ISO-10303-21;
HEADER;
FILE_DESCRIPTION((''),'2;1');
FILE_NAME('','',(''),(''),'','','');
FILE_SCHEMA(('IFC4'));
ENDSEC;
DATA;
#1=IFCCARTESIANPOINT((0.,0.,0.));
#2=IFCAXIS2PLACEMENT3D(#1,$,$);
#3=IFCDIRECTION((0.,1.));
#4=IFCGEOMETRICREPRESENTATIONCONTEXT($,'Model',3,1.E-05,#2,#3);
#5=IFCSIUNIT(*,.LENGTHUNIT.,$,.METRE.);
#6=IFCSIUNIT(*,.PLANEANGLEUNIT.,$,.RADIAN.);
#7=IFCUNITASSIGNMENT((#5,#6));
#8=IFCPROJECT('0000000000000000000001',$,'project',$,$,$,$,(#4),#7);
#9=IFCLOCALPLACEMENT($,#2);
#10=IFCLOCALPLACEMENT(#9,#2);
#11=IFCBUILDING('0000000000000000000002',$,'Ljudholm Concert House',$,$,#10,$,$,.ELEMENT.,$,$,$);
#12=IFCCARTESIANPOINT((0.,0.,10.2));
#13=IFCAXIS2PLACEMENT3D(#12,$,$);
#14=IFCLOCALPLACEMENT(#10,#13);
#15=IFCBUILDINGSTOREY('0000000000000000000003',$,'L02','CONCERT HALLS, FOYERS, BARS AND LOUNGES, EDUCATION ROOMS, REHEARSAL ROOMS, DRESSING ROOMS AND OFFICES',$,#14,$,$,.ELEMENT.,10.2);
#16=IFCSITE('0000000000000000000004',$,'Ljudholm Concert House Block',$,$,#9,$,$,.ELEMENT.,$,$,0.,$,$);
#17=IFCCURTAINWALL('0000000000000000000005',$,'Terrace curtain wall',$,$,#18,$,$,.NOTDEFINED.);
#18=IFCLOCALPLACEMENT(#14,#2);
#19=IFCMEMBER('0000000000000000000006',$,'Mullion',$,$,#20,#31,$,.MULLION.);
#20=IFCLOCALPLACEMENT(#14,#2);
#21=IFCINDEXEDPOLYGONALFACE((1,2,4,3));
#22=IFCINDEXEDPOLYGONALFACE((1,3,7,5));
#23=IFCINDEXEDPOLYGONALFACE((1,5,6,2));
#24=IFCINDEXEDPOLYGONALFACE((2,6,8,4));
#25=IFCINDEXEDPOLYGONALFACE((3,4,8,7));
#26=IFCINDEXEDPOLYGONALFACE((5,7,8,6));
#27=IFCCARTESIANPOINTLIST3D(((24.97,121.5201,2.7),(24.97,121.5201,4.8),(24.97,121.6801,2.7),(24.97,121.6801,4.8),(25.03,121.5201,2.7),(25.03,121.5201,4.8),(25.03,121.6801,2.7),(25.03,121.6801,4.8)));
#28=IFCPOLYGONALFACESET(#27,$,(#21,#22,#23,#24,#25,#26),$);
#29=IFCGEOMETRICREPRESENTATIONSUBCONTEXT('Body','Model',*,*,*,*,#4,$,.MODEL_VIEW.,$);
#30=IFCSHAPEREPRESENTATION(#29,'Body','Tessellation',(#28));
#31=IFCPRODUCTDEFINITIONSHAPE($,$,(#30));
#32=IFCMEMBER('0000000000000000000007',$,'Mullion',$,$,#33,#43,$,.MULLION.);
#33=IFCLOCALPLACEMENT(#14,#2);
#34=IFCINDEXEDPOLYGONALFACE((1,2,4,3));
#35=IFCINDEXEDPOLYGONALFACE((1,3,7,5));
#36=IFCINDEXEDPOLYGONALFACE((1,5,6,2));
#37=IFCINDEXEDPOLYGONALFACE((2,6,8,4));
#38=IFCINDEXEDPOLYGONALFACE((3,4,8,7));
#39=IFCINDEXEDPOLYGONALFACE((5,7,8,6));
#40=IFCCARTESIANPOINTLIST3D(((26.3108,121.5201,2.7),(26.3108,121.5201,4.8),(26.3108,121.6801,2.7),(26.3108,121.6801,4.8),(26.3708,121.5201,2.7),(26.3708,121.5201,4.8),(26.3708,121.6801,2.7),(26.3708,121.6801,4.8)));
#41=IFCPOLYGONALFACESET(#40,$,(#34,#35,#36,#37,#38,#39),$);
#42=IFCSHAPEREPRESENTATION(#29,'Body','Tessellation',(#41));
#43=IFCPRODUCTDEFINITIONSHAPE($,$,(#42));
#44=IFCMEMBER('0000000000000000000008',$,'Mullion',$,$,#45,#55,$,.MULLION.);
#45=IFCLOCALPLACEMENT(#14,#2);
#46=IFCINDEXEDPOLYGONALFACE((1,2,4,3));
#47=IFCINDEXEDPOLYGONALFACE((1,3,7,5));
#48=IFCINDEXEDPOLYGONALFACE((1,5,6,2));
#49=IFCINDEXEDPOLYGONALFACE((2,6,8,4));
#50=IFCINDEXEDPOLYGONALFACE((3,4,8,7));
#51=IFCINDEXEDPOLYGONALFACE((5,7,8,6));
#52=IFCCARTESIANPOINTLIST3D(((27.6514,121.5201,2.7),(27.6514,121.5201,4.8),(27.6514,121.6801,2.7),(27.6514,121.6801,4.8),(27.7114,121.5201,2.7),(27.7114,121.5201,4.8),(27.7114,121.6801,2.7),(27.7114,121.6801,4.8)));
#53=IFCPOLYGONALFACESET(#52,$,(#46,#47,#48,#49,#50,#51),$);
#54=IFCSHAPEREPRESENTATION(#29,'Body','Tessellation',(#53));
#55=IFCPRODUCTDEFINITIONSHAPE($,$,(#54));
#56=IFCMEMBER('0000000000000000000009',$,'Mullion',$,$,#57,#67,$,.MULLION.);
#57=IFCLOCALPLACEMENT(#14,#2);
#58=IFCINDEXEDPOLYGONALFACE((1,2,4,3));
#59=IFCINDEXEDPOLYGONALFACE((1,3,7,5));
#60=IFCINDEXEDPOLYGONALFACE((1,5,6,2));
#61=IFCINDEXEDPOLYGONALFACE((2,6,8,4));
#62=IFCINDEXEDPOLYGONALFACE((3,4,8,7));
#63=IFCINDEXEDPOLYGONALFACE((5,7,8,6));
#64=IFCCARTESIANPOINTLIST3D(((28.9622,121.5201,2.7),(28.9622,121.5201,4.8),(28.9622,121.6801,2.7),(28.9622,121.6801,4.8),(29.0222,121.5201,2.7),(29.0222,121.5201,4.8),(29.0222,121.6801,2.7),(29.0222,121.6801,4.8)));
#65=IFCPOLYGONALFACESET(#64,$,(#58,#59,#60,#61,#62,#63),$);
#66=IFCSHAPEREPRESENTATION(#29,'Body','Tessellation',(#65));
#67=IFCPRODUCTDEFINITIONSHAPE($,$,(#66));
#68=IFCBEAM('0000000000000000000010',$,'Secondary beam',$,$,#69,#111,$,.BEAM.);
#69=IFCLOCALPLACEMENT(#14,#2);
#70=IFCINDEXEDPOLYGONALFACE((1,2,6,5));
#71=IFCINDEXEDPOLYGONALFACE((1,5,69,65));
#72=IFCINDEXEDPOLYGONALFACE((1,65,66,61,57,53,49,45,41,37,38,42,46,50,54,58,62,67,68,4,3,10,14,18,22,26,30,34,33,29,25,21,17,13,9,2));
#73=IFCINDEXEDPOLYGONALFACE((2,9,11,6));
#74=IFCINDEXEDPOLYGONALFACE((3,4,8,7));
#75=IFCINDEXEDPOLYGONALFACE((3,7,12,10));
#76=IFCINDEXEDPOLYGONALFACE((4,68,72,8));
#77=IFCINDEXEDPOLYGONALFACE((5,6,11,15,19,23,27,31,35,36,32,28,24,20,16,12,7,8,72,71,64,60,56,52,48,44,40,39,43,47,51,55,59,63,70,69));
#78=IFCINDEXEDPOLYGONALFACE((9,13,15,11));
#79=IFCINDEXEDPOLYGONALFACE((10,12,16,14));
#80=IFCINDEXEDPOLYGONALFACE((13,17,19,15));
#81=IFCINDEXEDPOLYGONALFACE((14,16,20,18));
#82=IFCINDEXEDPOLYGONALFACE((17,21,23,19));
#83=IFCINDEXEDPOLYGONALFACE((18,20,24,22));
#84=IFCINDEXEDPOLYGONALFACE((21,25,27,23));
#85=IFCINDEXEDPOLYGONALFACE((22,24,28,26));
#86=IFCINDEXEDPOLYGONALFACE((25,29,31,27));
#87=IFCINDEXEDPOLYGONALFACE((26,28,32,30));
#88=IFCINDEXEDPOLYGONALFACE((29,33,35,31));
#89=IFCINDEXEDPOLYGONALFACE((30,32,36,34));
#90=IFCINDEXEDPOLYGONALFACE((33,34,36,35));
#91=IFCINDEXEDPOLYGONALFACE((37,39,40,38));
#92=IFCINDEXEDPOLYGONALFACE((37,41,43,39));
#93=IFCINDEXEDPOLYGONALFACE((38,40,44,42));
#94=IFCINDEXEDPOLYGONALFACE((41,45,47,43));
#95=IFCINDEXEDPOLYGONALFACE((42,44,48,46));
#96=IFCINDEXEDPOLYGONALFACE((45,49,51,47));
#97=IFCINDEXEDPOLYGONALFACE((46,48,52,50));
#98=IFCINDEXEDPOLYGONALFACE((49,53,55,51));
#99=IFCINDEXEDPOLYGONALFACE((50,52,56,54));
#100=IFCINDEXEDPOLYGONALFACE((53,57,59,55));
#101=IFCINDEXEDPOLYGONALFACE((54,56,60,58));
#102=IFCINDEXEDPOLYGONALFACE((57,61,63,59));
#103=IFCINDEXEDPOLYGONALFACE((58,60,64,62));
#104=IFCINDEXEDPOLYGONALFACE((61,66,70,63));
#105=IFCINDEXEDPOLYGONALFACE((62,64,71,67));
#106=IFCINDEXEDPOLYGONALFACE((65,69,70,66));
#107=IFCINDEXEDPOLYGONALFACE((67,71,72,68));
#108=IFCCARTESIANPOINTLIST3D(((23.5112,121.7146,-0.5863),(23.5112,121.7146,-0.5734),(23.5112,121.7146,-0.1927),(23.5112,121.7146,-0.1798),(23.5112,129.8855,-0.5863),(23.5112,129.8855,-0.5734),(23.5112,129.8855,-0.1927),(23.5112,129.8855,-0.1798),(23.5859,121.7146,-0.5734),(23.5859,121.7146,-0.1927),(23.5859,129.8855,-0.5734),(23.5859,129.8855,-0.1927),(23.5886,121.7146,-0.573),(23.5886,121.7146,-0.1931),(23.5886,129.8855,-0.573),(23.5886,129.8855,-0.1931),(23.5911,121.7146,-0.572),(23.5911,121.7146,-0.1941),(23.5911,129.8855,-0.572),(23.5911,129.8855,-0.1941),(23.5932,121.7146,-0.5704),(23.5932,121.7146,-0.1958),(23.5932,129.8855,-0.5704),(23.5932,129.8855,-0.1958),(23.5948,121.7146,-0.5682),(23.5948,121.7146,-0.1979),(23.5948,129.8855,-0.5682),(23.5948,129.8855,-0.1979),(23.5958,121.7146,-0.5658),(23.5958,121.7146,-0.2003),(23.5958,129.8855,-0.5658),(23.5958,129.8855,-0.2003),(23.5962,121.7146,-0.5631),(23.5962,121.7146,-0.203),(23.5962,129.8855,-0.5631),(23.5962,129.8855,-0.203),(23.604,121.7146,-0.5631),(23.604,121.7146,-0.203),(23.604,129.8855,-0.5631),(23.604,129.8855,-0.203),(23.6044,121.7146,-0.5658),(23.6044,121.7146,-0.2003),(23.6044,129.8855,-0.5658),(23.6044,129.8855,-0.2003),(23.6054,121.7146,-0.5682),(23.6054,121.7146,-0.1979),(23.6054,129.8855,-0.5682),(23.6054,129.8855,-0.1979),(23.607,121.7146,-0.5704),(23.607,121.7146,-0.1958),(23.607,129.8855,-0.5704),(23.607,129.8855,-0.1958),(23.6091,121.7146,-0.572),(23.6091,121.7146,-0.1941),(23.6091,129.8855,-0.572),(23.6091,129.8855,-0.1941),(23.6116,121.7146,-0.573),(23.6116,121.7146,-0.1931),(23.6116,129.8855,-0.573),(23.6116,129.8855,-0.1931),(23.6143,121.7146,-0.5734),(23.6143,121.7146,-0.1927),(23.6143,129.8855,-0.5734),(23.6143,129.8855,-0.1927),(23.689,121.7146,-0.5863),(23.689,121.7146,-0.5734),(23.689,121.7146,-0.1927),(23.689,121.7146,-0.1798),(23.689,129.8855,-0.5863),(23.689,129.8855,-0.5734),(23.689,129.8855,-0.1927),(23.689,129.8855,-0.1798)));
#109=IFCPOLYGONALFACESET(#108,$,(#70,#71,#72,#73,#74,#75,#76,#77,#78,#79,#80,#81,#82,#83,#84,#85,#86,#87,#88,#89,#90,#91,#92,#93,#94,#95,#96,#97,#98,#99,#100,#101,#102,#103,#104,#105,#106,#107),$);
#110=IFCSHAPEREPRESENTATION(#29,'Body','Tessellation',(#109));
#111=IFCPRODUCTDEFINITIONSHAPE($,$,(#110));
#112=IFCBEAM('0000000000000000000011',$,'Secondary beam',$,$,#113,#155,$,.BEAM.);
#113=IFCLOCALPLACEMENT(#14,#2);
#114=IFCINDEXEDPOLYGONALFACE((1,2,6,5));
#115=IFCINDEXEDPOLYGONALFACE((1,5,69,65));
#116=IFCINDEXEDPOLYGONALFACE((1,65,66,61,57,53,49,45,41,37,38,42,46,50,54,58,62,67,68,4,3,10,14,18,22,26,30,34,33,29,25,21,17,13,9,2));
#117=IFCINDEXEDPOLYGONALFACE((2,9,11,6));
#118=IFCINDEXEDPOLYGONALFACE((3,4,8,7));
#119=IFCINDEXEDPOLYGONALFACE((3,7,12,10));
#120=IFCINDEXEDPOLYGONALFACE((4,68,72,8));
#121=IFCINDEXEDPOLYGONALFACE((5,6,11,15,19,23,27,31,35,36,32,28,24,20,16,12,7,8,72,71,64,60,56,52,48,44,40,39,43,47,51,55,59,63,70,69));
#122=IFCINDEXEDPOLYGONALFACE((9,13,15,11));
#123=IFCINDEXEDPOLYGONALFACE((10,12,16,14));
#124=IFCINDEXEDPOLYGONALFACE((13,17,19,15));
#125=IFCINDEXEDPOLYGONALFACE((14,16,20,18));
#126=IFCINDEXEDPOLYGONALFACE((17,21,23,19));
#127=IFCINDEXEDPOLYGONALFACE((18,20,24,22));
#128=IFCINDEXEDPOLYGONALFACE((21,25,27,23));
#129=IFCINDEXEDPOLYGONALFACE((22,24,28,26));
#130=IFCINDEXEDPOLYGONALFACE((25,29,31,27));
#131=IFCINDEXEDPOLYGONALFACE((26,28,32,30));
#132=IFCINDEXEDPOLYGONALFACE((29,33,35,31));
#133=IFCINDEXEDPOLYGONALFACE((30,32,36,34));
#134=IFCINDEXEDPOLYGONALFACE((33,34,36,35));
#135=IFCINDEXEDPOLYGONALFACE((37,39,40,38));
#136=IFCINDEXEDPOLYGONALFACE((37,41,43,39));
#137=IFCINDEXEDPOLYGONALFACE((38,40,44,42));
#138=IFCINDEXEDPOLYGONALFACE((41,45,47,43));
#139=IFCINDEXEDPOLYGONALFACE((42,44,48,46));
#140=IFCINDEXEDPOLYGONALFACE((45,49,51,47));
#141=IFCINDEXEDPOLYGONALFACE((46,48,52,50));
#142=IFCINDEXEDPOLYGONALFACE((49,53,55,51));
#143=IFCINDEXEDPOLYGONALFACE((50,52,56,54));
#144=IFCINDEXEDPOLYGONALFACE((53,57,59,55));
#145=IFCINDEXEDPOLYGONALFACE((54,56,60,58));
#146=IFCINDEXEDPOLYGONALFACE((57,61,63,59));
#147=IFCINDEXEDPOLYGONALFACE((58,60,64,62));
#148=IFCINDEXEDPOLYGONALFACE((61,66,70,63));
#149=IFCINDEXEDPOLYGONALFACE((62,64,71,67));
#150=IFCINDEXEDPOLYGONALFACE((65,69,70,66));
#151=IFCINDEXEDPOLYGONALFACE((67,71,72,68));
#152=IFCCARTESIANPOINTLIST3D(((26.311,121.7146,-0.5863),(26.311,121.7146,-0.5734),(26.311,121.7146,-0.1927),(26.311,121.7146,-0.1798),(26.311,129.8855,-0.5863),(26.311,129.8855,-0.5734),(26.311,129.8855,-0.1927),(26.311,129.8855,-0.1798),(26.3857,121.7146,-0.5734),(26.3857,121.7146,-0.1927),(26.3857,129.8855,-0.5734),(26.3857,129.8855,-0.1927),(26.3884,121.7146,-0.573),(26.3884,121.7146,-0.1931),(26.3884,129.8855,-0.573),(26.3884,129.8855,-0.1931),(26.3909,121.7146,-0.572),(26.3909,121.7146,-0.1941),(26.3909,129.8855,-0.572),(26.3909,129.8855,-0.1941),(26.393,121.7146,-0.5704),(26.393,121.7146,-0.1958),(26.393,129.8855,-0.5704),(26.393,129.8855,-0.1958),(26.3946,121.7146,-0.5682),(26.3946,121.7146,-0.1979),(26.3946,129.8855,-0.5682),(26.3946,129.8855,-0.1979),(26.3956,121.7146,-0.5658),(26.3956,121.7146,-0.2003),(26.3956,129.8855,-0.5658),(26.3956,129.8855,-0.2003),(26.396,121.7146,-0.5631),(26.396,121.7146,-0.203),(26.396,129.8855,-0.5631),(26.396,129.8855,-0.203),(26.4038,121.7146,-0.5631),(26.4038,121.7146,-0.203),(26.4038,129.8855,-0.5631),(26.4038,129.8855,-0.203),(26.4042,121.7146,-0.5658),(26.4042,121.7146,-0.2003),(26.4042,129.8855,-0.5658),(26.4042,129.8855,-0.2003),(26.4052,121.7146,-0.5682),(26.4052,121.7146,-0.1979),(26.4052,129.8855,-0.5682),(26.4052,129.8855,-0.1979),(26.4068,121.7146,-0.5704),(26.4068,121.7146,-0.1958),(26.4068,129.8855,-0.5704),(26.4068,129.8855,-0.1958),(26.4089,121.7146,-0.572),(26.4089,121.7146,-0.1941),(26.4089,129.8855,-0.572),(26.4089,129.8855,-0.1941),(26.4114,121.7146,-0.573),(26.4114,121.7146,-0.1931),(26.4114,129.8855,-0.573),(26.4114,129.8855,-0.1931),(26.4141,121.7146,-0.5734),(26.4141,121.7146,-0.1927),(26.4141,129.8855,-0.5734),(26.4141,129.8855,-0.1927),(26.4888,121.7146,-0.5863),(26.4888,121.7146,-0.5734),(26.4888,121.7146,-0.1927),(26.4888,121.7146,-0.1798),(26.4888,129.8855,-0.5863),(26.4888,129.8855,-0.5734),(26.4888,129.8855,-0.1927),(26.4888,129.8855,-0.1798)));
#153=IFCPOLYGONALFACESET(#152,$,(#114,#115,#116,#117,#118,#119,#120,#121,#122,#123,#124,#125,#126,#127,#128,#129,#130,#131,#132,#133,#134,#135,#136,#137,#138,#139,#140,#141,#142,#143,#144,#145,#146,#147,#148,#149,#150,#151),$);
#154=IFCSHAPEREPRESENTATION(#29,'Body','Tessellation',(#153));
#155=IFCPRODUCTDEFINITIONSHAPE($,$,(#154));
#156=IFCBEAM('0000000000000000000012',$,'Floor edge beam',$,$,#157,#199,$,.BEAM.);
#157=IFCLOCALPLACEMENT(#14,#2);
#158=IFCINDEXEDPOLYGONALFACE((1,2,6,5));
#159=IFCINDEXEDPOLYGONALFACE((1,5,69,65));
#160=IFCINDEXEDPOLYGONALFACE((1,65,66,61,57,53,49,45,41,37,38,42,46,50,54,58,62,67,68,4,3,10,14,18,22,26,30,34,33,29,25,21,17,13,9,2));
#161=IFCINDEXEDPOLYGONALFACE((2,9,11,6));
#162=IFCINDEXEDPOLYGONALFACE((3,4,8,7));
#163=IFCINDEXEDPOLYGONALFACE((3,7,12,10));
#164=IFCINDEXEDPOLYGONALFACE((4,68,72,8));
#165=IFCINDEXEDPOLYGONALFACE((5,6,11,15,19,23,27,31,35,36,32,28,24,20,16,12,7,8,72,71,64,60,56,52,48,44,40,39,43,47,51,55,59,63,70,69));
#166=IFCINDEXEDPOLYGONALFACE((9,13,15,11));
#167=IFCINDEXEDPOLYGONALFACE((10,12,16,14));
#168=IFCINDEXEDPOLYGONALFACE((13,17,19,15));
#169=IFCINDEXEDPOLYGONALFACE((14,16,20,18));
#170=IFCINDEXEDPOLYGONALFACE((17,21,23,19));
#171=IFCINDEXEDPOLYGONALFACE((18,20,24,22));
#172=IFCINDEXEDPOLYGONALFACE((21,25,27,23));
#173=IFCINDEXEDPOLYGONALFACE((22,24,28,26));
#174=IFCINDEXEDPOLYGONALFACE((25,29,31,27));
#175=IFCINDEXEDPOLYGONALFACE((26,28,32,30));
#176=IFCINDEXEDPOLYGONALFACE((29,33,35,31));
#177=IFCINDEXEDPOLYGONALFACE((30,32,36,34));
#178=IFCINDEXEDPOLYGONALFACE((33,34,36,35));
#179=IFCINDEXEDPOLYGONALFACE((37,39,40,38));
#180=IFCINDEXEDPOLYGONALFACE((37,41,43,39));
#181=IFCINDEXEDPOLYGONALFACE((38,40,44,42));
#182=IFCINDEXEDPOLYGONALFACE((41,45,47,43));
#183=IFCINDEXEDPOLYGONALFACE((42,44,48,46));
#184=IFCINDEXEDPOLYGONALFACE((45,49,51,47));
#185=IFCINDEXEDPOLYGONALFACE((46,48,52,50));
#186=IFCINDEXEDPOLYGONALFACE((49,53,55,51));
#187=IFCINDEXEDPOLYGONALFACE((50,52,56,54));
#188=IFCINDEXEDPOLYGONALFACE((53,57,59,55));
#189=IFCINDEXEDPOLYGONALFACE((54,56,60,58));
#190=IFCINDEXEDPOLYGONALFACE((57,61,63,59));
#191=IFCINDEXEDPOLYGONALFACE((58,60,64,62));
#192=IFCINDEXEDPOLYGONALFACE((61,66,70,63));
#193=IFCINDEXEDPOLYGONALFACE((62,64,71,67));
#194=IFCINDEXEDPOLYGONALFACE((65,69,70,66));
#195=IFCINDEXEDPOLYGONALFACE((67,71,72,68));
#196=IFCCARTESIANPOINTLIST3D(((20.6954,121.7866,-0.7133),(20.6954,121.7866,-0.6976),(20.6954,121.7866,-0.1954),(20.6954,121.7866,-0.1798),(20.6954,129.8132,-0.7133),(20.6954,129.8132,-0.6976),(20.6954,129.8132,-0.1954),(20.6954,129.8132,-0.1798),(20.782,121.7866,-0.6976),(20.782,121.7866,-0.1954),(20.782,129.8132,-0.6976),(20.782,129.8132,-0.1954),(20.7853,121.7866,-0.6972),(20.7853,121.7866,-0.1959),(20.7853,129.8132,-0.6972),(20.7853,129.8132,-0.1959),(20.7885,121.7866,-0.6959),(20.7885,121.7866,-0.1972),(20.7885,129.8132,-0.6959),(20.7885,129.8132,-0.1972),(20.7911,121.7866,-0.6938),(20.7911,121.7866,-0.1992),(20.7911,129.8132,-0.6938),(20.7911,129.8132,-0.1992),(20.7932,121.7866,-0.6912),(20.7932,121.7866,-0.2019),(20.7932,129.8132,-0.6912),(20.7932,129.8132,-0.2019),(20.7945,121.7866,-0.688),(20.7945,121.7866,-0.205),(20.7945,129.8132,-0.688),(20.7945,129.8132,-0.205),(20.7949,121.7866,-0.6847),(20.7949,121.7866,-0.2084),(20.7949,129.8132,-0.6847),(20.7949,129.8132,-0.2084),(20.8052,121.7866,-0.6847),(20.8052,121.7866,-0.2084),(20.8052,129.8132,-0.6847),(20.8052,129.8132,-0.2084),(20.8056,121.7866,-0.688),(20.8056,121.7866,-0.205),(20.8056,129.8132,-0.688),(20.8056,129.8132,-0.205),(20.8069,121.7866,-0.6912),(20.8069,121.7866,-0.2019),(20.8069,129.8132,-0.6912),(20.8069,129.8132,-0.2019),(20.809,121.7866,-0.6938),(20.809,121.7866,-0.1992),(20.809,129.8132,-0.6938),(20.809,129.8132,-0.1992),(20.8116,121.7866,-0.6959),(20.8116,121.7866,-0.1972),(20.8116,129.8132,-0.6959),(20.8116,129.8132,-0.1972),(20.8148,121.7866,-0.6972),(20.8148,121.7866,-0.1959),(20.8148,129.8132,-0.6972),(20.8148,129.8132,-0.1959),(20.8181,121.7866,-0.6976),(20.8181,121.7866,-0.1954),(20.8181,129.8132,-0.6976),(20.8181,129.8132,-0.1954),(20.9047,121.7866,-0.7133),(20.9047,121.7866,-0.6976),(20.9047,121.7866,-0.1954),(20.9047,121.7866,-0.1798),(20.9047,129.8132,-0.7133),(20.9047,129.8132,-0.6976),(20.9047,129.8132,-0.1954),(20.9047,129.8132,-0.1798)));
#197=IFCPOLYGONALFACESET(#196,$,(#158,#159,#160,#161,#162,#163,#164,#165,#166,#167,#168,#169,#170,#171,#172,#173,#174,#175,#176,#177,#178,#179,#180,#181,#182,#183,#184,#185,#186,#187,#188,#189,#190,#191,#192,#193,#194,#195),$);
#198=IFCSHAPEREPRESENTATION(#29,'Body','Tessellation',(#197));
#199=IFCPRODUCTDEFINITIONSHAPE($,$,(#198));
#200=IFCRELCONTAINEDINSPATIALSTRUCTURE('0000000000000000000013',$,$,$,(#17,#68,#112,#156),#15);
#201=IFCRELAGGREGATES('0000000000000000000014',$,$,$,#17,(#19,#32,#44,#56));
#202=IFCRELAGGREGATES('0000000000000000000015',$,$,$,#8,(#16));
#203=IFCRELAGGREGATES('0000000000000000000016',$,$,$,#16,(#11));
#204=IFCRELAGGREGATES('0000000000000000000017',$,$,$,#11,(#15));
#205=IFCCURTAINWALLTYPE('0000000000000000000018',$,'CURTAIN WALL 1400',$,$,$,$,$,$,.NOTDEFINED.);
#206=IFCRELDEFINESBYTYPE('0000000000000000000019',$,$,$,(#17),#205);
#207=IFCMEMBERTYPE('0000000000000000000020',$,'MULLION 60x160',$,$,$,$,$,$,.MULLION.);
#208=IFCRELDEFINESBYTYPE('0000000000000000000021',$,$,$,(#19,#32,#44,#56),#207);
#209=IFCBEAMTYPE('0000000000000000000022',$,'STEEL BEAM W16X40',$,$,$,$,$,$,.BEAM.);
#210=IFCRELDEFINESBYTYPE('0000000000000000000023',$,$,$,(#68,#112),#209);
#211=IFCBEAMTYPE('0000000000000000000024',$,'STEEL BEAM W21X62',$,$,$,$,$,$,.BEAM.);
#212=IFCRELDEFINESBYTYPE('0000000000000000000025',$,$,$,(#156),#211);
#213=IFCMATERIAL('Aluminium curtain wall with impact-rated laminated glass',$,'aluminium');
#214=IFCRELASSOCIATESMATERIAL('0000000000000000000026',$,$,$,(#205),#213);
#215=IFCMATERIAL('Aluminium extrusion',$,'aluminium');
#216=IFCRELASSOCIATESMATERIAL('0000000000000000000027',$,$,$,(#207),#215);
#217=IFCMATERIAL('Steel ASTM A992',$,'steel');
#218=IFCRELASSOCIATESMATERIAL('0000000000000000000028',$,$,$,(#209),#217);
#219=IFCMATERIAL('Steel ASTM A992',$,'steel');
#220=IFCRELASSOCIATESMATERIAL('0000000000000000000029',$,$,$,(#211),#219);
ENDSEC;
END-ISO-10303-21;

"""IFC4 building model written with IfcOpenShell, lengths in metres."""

from ifc_helpers import new_model, si_unit, direction, frame, origin, origin_2d, place, context, subcontext, project, spatial, rectangle, i_section, extrude, material, material_profile, profile_set, type_object, element, aggregate, save


model = new_model("IFC4")

# Units and contexts
model_context = context("Model", 3, precision=1e-05, world=origin(), true_north=direction((0.0, 1.0)))
body_context = subcontext(model_context, "Body", "Model", "MODEL_VIEW")
ifc_project = project(units=[si_unit("LENGTHUNIT", "METRE"), si_unit("PLANEANGLEUNIT", "RADIAN")], contexts=[model_context])

# Site, building, storey
site_placement = place(None, origin())
site = spatial("IfcSite", under=ifc_project, at=site_placement, Name="Ljudholm Concert House Block", CompositionType="ELEMENT", RefElevation=0.0)
building_placement = place(site_placement, origin())
building = spatial("IfcBuilding", under=site, at=building_placement, Name="Ljudholm Concert House", CompositionType="ELEMENT")
storey_placement = place(building_placement, frame((0.0, 0.0, 10.2)))
storey = spatial("IfcBuildingStorey", under=building, at=storey_placement, Name="L02", Description="CONCERT HALLS, FOYERS, BARS AND LOUNGES, EDUCATION ROOMS, REHEARSAL ROOMS, DRESSING ROOMS AND OFFICES", CompositionType="ELEMENT", Elevation=10.2)

# Curtain wall, members
ifc_material_1 = material(Name="Aluminium curtain wall with impact-rated laminated glass", Category="aluminium")
curtain_wall_type = type_object("IfcCurtainWallType", Name="CURTAIN WALL 1400", PredefinedType="NOTDEFINED", material=ifc_material_1)
curtain_wall_placement = place(storey_placement, origin())
curtain_wall = element("IfcCurtainWall", 1, at=curtain_wall_placement, inside=storey, type_object=curtain_wall_type, Name="Terrace curtain wall", PredefinedType="NOTDEFINED")
ifc_material_2 = material(Name="Aluminium extrusion", Category="aluminium")
ifc_material_profile_1 = material_profile(ifc_material_2, rectangle(XDim=0.1599, YDim=0.0601, at=origin_2d()), Name="MULLION 60x160")
ifc_profile_set_1 = profile_set([ifc_material_profile_1], Name="Aluminium extrusion")
member_type_1 = type_object("IfcMemberType", Name="MULLION 60x160", PredefinedType="MULLION", material=ifc_profile_set_1)
member_1_placement = place(storey_placement, frame((25.0, 121.6001, 2.7), z_axis=(0.0, 0.0, 1.0), x_axis=(0.0, 1.0, 0.0)))
member_1 = element("IfcMember", 2, at=member_1_placement, type_object=member_type_1, Name="Mullion", PredefinedType="MULLION", context=body_context, shape_type="SweptSolid", body=[
    extrude(rectangle(XDim=0.1599, YDim=0.0601, at=origin_2d()), origin(), (0.0, 0.0, 1.0), 2.1001),
])
member_2_placement = place(storey_placement, frame((26.3408, 121.6001, 2.7), z_axis=(0.0, 0.0, 1.0), x_axis=(0.0, 1.0, 0.0)))
member_2 = element("IfcMember", 3, at=member_2_placement, type_object=member_type_1, Name="Mullion", PredefinedType="MULLION", context=body_context, shape_type="SweptSolid", body=[
    extrude(rectangle(XDim=0.1599, YDim=0.0601, at=origin_2d()), origin(), (0.0, 0.0, 1.0), 2.1001),
])
member_3_placement = place(storey_placement, frame((27.6814, 121.6001, 2.7), z_axis=(0.0, 0.0, 1.0), x_axis=(0.0, 1.0, 0.0)))
member_3 = element("IfcMember", 4, at=member_3_placement, type_object=member_type_1, Name="Mullion", PredefinedType="MULLION", context=body_context, shape_type="SweptSolid", body=[
    extrude(rectangle(XDim=0.1599, YDim=0.0601, at=origin_2d()), origin(), (0.0, 0.0, 1.0), 2.1001),
])
member_4_placement = place(storey_placement, frame((28.9922, 121.6001, 2.7), z_axis=(0.0, 0.0, 1.0), x_axis=(0.0, 1.0, 0.0)))
member_4 = element("IfcMember", 5, at=member_4_placement, type_object=member_type_1, Name="Mullion", PredefinedType="MULLION", context=body_context, shape_type="SweptSolid", body=[
    extrude(rectangle(XDim=0.1599, YDim=0.0601, at=origin_2d()), origin(), (0.0, 0.0, 1.0), 2.1001),
])

# Beams
ifc_material_3 = material(Name="Steel ASTM A992", Category="steel")
ifc_material_profile_2 = material_profile(ifc_material_3, i_section(OverallWidth=0.1777, OverallDepth=0.4065, WebThickness=0.0078, FlangeThickness=0.0129, FilletRadius=0.0103, at=origin_2d()), Name="W16X40")
ifc_profile_set_2 = profile_set([ifc_material_profile_2], Name="Steel ASTM A992")
beam_type_1 = type_object("IfcBeamType", Name="STEEL BEAM W16X40", PredefinedType="BEAM", material=ifc_profile_set_2)
for number, where, z_axis, x_axis, name in (
    (6, (23.6001, 121.7146, -0.3831), (0.0, 1.0, 0.0), (-1.0, 0.0, 0.0), "Secondary beam"),
    (7, (26.3999, 121.7146, -0.3831), (0.0, 1.0, 0.0), (-1.0, 0.0, 0.0), "Secondary beam"),
):
    element("IfcBeam", number, at=place(storey_placement, frame(where, z_axis=z_axis, x_axis=x_axis)), inside=storey, type_object=beam_type_1, Name=name, PredefinedType="BEAM", context=body_context, shape_type="SweptSolid", body=[
        extrude(i_section(OverallWidth=0.1777, OverallDepth=0.4065, WebThickness=0.0078, FlangeThickness=0.0129, FilletRadius=0.0103, at=origin_2d()), origin(), (0.0, 0.0, 1.0), 8.1709),
    ])
ifc_material_4 = material(Name="Steel ASTM A992", Category="steel")
ifc_material_profile_3 = material_profile(ifc_material_4, i_section(OverallWidth=0.2092, OverallDepth=0.5334, WebThickness=0.0103, FlangeThickness=0.0156, FilletRadius=0.0129, at=origin_2d()), Name="W21X62")
ifc_profile_set_3 = profile_set([ifc_material_profile_3], Name="Steel ASTM A992")
beam_type_2 = type_object("IfcBeamType", Name="STEEL BEAM W21X62", PredefinedType="BEAM", material=ifc_profile_set_3)
beam_1_placement = place(storey_placement, frame((20.8, 121.7866, -0.4465), z_axis=(0.0, 1.0, 0.0), x_axis=(-1.0, 0.0, 0.0)))
element("IfcBeam", 8, at=beam_1_placement, inside=storey, type_object=beam_type_2, Name="Floor edge beam", PredefinedType="BEAM", context=body_context, shape_type="SweptSolid", body=[
    extrude(i_section(OverallWidth=0.2092, OverallDepth=0.5334, WebThickness=0.0103, FlangeThickness=0.0156, FilletRadius=0.0129, at=origin_2d()), origin(), (0.0, 0.0, 1.0), 8.0266),
])

aggregate(curtain_wall, [member_1, member_2, member_3, member_4])

save(model, "model.ifc")
